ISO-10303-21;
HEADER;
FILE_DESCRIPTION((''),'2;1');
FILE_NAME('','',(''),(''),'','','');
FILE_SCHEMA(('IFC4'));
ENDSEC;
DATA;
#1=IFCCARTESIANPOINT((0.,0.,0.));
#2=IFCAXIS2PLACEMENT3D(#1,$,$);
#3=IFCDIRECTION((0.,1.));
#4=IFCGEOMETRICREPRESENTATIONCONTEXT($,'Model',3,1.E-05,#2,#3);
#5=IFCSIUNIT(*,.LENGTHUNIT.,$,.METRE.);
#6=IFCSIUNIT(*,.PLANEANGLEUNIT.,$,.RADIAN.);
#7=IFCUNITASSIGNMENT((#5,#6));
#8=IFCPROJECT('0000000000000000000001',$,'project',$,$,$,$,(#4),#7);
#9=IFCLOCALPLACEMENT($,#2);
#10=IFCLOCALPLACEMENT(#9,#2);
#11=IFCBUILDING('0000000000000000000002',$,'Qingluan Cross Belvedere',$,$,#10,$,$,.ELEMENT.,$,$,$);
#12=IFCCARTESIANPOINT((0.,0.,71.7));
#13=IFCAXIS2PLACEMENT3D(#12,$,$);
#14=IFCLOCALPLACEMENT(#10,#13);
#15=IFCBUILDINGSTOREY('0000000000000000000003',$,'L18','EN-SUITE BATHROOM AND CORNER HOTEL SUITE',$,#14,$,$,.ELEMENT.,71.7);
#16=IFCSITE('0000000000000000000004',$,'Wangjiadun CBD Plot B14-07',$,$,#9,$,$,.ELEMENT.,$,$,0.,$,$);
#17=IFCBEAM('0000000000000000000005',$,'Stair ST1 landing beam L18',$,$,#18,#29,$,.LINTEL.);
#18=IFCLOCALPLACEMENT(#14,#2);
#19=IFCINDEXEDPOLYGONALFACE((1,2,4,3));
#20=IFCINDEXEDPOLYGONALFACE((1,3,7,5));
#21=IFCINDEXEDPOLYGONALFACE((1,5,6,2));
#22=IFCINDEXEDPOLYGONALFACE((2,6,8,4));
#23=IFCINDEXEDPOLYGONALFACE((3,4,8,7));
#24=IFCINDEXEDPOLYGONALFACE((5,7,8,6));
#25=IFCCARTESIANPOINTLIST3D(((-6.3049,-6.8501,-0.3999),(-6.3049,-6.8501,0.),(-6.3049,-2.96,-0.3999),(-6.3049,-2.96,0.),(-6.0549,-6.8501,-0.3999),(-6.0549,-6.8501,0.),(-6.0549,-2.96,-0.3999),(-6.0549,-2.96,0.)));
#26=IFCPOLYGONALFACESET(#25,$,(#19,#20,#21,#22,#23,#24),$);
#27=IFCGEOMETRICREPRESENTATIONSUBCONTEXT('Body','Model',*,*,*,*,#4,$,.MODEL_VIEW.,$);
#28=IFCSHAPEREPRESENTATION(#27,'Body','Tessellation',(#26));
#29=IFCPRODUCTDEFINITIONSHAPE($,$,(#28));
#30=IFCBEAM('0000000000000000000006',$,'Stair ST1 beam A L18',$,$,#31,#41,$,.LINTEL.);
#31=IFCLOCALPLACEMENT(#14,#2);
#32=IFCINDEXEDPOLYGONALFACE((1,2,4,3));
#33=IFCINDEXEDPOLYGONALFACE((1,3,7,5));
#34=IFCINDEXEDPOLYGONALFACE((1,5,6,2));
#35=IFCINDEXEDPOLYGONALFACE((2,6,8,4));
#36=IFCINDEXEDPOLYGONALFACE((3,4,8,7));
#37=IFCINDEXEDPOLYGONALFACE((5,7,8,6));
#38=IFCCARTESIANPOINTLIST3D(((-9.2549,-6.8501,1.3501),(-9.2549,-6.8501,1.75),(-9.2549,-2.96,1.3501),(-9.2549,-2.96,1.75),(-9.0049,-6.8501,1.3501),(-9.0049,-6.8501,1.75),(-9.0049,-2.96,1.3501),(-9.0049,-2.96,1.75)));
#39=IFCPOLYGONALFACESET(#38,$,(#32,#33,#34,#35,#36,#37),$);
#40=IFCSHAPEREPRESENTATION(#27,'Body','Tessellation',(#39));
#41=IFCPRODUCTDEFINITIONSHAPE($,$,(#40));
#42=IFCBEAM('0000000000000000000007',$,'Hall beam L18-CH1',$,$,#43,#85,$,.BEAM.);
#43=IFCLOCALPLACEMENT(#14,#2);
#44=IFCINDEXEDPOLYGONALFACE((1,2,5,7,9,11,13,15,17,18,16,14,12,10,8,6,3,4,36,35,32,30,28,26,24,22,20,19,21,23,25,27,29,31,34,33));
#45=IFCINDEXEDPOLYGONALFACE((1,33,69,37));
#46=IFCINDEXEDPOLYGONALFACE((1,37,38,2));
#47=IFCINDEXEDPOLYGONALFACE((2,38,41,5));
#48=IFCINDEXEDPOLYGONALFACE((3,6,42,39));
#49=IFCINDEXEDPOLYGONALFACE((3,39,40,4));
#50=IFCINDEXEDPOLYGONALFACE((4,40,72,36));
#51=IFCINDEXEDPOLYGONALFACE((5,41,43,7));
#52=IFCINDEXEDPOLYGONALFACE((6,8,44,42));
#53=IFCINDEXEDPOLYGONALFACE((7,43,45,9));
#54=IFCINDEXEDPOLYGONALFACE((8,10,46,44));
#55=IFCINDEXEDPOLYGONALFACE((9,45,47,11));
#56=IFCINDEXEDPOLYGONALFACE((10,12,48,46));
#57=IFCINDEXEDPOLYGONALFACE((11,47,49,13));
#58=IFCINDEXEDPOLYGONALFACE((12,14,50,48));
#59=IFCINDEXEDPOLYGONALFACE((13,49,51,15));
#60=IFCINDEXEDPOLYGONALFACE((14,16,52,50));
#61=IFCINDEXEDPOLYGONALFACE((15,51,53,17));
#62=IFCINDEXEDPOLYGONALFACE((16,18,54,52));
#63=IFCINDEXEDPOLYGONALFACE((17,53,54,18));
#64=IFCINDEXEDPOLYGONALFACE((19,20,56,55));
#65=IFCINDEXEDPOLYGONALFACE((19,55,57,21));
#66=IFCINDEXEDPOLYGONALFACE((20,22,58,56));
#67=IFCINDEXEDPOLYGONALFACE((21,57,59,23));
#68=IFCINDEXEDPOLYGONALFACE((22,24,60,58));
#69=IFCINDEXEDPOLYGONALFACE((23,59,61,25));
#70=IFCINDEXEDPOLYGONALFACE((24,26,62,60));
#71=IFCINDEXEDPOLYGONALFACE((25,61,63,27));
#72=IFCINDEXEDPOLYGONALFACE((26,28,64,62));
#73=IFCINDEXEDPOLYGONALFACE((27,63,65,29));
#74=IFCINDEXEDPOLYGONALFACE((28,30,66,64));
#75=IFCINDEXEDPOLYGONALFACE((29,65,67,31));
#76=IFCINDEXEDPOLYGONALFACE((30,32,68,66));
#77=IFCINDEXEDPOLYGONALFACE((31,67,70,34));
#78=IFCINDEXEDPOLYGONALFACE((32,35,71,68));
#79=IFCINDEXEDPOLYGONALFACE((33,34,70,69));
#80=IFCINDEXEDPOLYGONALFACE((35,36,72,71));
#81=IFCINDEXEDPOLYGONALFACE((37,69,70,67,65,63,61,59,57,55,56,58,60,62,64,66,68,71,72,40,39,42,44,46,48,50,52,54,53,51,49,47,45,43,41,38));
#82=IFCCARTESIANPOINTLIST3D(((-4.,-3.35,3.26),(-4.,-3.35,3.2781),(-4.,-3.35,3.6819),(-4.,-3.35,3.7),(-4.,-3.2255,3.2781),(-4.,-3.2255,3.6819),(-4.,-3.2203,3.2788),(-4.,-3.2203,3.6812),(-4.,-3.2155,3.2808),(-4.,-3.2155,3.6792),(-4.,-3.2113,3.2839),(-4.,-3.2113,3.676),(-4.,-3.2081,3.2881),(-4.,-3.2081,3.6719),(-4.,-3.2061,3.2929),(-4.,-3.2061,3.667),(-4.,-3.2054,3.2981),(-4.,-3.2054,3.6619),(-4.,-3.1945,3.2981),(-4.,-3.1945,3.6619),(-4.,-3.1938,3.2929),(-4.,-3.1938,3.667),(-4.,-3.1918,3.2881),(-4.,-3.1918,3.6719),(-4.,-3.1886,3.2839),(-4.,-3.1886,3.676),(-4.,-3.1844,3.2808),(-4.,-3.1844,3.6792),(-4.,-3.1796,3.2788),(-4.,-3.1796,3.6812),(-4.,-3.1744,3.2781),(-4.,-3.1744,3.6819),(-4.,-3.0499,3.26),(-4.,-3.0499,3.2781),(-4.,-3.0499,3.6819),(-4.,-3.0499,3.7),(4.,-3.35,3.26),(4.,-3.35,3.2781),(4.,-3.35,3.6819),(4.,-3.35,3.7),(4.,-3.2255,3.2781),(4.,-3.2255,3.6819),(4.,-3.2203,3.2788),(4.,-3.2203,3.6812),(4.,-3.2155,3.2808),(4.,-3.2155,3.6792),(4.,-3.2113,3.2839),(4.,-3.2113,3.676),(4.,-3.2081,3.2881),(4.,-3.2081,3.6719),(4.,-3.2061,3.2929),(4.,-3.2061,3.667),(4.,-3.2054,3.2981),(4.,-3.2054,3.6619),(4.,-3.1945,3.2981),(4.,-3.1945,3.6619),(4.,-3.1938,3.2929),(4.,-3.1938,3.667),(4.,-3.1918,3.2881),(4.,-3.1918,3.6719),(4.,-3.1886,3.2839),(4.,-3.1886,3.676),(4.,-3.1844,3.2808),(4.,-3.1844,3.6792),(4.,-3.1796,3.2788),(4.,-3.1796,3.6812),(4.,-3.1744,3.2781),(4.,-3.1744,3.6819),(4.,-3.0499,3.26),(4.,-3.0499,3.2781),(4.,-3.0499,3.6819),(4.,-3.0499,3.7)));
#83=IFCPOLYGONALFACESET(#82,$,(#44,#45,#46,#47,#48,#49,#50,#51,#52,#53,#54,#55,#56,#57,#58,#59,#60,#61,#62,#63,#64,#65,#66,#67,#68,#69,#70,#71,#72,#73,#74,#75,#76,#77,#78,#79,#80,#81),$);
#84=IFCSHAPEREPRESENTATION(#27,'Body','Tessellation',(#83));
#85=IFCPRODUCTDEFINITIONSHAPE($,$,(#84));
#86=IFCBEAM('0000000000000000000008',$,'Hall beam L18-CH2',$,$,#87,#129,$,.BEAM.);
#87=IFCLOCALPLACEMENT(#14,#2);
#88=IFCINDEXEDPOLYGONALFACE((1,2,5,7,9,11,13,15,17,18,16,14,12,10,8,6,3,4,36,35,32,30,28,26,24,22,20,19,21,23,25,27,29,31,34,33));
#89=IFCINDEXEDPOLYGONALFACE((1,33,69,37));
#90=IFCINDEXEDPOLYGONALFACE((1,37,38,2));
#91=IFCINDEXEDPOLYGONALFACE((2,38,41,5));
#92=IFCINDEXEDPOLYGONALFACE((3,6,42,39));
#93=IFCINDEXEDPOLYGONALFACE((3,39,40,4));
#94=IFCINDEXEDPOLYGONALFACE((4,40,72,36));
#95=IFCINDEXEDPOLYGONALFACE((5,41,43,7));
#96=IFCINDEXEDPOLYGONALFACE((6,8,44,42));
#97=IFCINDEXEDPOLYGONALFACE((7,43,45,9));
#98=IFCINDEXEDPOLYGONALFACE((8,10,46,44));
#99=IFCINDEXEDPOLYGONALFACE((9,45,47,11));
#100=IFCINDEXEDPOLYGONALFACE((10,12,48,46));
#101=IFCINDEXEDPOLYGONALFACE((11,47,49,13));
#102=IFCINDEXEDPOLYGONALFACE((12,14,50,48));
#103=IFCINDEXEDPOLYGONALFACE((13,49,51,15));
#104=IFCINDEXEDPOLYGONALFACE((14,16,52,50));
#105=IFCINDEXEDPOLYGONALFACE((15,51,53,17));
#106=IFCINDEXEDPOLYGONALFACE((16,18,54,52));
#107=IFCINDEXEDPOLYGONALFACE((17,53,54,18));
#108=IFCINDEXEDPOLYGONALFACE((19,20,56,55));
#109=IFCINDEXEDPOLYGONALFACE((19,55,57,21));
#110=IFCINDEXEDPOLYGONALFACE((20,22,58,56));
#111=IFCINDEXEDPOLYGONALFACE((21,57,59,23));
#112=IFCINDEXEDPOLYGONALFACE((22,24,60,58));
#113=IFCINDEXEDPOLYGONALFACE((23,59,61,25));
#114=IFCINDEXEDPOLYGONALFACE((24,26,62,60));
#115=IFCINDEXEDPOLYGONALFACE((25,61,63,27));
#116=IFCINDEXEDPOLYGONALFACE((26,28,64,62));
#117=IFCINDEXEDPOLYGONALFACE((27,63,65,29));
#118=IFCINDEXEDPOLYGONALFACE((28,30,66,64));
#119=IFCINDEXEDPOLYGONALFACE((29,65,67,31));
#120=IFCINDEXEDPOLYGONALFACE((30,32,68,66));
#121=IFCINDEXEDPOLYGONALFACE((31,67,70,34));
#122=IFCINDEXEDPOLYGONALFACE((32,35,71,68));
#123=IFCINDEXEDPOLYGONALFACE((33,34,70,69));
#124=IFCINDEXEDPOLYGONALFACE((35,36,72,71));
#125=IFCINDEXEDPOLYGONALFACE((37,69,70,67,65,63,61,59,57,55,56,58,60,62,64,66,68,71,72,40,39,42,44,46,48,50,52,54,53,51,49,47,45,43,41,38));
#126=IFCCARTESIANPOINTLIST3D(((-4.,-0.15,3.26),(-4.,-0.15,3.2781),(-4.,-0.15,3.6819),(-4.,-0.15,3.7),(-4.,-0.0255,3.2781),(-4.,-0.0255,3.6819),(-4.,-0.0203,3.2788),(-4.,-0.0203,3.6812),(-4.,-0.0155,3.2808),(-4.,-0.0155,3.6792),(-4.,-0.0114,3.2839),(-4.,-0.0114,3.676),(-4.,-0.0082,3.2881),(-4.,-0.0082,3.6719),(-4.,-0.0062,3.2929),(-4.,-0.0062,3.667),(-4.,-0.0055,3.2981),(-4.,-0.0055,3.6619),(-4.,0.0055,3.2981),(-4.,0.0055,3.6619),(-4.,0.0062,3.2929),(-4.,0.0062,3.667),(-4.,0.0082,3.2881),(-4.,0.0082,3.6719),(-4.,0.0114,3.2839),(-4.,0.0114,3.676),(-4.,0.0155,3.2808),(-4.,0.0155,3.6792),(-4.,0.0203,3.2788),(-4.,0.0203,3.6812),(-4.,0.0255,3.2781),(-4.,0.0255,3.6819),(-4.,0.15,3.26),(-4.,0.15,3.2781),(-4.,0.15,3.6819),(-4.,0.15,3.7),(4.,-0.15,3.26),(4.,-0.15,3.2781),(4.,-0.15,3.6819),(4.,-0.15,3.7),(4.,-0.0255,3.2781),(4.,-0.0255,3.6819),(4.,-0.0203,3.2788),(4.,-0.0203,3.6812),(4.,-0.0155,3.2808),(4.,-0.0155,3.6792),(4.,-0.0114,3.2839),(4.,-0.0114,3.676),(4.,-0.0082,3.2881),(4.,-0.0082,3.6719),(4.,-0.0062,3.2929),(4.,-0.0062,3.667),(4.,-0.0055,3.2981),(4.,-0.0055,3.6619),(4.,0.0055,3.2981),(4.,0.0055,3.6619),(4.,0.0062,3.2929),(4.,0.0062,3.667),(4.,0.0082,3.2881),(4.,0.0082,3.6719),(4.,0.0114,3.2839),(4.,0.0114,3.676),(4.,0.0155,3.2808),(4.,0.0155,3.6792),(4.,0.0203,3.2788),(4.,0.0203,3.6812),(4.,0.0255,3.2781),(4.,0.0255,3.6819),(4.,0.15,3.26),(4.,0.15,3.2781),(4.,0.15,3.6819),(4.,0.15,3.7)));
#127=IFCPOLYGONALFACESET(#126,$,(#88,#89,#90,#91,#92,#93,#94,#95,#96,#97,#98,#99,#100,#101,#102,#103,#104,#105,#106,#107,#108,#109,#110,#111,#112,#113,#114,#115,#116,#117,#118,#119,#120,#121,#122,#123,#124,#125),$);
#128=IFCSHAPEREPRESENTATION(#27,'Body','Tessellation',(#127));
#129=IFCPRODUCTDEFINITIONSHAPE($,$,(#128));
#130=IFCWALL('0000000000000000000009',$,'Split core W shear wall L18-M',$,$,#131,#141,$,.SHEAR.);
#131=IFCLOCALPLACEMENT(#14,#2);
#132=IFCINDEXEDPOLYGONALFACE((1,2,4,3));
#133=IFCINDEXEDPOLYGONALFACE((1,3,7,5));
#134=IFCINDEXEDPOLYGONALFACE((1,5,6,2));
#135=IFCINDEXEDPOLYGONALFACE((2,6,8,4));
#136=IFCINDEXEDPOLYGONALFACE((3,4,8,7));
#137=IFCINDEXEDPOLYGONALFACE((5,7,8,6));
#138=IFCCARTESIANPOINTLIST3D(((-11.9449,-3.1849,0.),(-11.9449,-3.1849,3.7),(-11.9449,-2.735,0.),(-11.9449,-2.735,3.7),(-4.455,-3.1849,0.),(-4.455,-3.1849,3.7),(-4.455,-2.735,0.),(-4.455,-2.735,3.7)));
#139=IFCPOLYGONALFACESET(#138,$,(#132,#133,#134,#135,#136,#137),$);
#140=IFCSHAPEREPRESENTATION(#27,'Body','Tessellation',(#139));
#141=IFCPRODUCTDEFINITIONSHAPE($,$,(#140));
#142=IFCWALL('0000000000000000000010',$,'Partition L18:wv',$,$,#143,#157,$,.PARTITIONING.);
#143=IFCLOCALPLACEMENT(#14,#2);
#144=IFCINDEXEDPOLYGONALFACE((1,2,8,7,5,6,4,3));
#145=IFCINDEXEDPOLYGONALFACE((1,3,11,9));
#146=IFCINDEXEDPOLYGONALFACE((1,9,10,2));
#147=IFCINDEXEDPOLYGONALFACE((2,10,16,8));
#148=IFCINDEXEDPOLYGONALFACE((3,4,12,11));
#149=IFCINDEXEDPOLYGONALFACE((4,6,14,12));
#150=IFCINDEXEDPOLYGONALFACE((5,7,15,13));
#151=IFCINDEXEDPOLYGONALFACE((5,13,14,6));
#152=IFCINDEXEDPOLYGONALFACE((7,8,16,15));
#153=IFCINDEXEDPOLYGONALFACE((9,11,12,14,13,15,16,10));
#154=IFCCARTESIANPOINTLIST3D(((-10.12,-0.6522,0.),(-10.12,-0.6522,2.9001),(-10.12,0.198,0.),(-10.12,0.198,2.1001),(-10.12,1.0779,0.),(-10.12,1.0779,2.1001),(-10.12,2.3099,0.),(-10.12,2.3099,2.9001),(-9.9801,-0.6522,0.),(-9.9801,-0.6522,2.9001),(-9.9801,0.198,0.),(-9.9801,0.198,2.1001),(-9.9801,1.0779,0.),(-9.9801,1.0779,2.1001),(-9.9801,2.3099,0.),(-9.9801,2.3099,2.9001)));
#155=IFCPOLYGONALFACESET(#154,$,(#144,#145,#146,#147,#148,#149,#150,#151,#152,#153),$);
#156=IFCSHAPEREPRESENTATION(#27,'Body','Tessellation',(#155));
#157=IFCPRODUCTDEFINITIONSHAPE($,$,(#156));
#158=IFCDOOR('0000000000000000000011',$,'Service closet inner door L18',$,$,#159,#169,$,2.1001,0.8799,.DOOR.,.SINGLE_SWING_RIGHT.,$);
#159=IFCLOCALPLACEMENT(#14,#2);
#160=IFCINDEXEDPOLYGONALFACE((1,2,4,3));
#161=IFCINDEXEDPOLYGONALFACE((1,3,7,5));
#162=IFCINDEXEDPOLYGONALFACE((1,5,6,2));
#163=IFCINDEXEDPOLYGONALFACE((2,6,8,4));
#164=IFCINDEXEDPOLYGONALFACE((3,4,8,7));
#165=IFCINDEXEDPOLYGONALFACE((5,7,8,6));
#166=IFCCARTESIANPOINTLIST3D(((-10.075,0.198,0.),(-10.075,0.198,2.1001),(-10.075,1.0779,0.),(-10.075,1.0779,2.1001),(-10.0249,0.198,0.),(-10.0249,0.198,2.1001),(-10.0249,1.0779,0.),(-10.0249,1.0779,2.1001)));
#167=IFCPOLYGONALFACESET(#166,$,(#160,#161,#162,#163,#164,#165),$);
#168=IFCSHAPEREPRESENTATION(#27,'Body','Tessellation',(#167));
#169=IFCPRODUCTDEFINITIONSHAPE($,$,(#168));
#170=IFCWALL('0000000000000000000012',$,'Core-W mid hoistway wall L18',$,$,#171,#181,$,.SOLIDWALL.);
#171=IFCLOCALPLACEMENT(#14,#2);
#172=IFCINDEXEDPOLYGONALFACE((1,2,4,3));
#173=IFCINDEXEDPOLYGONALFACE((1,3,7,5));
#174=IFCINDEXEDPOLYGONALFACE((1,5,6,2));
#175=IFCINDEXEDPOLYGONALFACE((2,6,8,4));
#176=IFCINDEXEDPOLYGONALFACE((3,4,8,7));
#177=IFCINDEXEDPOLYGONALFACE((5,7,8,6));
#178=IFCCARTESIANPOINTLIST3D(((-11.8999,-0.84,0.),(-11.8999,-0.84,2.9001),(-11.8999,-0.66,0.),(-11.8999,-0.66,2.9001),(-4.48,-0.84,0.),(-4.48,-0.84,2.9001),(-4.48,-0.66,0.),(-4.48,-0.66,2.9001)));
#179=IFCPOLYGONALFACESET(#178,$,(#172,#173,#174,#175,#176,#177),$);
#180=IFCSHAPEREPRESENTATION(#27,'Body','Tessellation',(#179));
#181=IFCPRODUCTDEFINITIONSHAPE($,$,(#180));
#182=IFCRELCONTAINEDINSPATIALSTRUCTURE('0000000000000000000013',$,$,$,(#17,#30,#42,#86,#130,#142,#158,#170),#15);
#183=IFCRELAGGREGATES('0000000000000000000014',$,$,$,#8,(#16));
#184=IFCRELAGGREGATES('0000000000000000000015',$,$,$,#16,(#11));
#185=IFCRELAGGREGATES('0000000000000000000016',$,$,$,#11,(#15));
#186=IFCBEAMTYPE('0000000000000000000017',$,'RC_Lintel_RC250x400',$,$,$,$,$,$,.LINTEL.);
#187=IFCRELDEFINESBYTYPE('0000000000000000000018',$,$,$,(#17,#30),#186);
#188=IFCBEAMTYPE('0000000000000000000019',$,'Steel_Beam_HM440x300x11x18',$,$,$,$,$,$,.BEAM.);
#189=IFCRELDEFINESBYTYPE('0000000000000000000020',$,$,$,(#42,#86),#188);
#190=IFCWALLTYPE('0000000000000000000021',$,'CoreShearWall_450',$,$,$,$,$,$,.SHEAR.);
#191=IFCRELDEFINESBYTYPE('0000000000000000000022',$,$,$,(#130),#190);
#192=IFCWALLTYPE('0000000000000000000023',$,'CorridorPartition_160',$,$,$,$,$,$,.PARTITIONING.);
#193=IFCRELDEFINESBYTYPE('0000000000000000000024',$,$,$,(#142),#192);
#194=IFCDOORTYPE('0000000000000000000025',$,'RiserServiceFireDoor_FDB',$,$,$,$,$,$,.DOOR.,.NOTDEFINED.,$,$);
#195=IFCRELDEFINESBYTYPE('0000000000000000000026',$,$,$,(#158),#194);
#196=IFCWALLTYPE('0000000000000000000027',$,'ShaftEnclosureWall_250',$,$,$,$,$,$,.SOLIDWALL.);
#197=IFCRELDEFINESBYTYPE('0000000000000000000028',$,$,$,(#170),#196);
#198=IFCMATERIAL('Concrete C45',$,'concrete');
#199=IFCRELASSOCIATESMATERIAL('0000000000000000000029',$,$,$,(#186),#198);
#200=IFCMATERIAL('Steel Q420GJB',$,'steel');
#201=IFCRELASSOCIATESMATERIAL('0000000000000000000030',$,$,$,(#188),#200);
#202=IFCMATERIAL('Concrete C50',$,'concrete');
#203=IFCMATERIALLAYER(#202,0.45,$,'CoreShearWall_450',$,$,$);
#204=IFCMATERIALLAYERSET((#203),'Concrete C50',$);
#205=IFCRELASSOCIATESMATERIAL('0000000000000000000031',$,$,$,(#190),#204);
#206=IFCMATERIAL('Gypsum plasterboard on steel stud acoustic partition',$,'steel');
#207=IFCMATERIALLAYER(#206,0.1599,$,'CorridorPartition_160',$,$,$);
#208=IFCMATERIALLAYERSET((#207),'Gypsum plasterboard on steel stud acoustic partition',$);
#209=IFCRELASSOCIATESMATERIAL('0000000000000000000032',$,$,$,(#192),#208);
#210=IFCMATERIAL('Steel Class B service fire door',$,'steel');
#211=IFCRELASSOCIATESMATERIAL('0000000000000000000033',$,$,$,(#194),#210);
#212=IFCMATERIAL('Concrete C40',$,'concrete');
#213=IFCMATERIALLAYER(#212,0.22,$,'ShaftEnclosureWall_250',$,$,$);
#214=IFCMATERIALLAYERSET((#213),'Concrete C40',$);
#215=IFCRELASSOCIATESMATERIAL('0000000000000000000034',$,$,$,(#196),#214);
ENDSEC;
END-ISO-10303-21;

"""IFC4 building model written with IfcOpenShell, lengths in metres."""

from ifc_helpers import new_model, si_unit, direction, frame, frame_2d, origin, origin_2d, place, context, subcontext, project, spatial, rectangle, i_section, extrude, material, layer, layer_set, material_profile, profile_set, type_object, element, fill, save


model = new_model("IFC4")

# Units and contexts
model_context = context("Model", 3, precision=1e-05, world=origin(), true_north=direction((0.0, 1.0)))
body_context = subcontext(model_context, "Body", "Model", "MODEL_VIEW")
ifc_project = project(units=[si_unit("LENGTHUNIT", "METRE"), si_unit("PLANEANGLEUNIT", "RADIAN")], contexts=[model_context])

# Site, building, storey
site_placement = place(None, origin())
site = spatial("IfcSite", under=ifc_project, at=site_placement, Name="Wangjiadun CBD Plot B14-07", CompositionType="ELEMENT", RefElevation=0.0)
building_placement = place(site_placement, origin())
building = spatial("IfcBuilding", under=site, at=building_placement, Name="Qingluan Cross Belvedere", CompositionType="ELEMENT")
storey_placement = place(building_placement, frame((0.0, 0.0, 71.7)))
storey = spatial("IfcBuildingStorey", under=building, at=storey_placement, Name="L18", Description="EN-SUITE BATHROOM AND CORNER HOTEL SUITE", CompositionType="ELEMENT", Elevation=71.7)

# Beams
ifc_material_1 = material(Name="Concrete C45", Category="concrete")
ifc_material_profile_1 = material_profile(ifc_material_1, rectangle(XDim=0.25, YDim=0.3999, at=origin_2d()), Name="RC250x400")
ifc_profile_set_1 = profile_set([ifc_material_profile_1], Name="Concrete C45")
beam_type_1 = type_object("IfcBeamType", Name="RC_Lintel_RC250x400", PredefinedType="LINTEL", material=ifc_profile_set_1)
for number, where, z_axis, x_axis, name in (
    (1, (-6.1799, -6.8501, -0.2), (0.0, 1.0, 0.0), (-1.0, 0.0, 0.0), "Stair ST1 landing beam L18"),
    (2, (-9.1299, -6.8501, 1.55), (0.0, 1.0, 0.0), (-1.0, 0.0, 0.0), "Stair ST1 beam A L18"),
):
    element("IfcBeam", number, at=place(storey_placement, frame(where, z_axis=z_axis, x_axis=x_axis)), inside=storey, type_object=beam_type_1, Name=name, PredefinedType="LINTEL", context=body_context, shape_type="SweptSolid", body=[
        extrude(rectangle(XDim=0.25, YDim=0.3999, at=origin_2d()), origin(), (0.0, 0.0, 1.0), 3.8901),
    ])
ifc_material_2 = material(Name="Steel Q420GJB", Category="steel")
ifc_material_profile_2 = material_profile(ifc_material_2, i_section(OverallWidth=0.3, OverallDepth=0.4399, WebThickness=0.011, FlangeThickness=0.0181, FilletRadius=0.02, at=origin_2d()), Name="HM440x300x11x18")
ifc_profile_set_2 = profile_set([ifc_material_profile_2], Name="Steel Q420GJB")
beam_type_2 = type_object("IfcBeamType", Name="Steel_Beam_HM440x300x11x18", PredefinedType="BEAM", material=ifc_profile_set_2)
for number, where, z_axis, x_axis, name in (
    (3, (-4.0, -3.2, 3.48), (1.0, 0.0, 0.0), (0.0, 1.0, 0.0), "Hall beam L18-CH1"),
    (4, (-4.0, 0.0, 3.48), (1.0, 0.0, 0.0), (0.0, 1.0, 0.0), "Hall beam L18-CH2"),
):
    element("IfcBeam", number, at=place(storey_placement, frame(where, z_axis=z_axis, x_axis=x_axis)), inside=storey, type_object=beam_type_2, Name=name, PredefinedType="BEAM", context=body_context, shape_type="SweptSolid", body=[
        extrude(i_section(OverallWidth=0.3, OverallDepth=0.4399, WebThickness=0.011, FlangeThickness=0.0181, FilletRadius=0.02, at=origin_2d()), origin(), (0.0, 0.0, 1.0), 8.0),
    ])

# Wall
ifc_material_3 = material(Name="Concrete C50", Category="concrete")
ifc_layer_1 = layer(ifc_material_3, 0.45, Name="CoreShearWall_450")
ifc_layer_set_1 = layer_set([ifc_layer_1], Name="Concrete C50")
wall_type_1 = type_object("IfcWallType", Name="CoreShearWall_450", PredefinedType="SHEAR", material=ifc_layer_set_1)
wall_1_placement = place(storey_placement, frame((-11.9451, -2.96, 0.0), z_axis=(0.0, 0.0, 1.0), x_axis=(1.0, 0.0, 0.0)))
element("IfcWall", 5, at=wall_1_placement, inside=storey, type_object=wall_type_1, Name="Split core W shear wall L18-M", PredefinedType="SHEAR", context=body_context, shape_type="SweptSolid", body=[
    extrude(rectangle(XDim=7.49, YDim=0.45, at=frame_2d((3.7451, 0.0))), origin(), (0.0, 0.0, 1.0), 3.7),
])

# Wall, opening, door
ifc_material_4 = material(Name="Gypsum plasterboard on steel stud acoustic partition", Category="steel")
ifc_layer_2 = layer(ifc_material_4, 0.1599, Name="CorridorPartition_160")
ifc_layer_set_2 = layer_set([ifc_layer_2], Name="Gypsum plasterboard on steel stud acoustic partition")
wall_type_2 = type_object("IfcWallType", Name="CorridorPartition_160", PredefinedType="PARTITIONING", material=ifc_layer_set_2)
wall_2_placement = place(storey_placement, frame((-10.05, -0.6521, 0.0), z_axis=(0.0, 0.0, 1.0), x_axis=(0.0, 1.0, 0.0)))
wall_2 = element("IfcWall", 6, at=wall_2_placement, inside=storey, type_object=wall_type_2, Name="Partition L18:wv", PredefinedType="PARTITIONING", context=body_context, shape_type="SweptSolid", body=[
    extrude(rectangle(XDim=2.9622, YDim=0.1399, at=frame_2d((1.481, 0.0))), origin(), (0.0, 0.0, 1.0), 2.9001),
])
opening_1_placement = place(wall_2_placement, frame((0.8501, 0.0, 0.0)))
opening_1 = element("IfcOpeningElement", 7, at=opening_1_placement, cuts=wall_2, PredefinedType="OPENING", context=body_context, shape_type="SweptSolid", body=[
    extrude(rectangle(XDim=0.8799, YDim=2.1001, at=frame_2d((0.4399, 1.05))), frame((0.0, 0.0798, 0.0), z_axis=(0.0, -1.0, 0.0), x_axis=(1.0, 0.0, 0.0)), (0.0, 0.0, 1.0), 0.1599),
])
ifc_material_5 = material(Name="Steel Class B service fire door", Category="steel")
door_type_1 = type_object("IfcDoorType", Name="RiserServiceFireDoor_FDB", OperationType="NOTDEFINED", PredefinedType="DOOR", material=ifc_material_5)
door_1_placement = place(opening_1_placement, origin())
door_1 = element("IfcDoor", 8, at=door_1_placement, inside=storey, type_object=door_type_1, Name="Service closet inner door L18", OperationType="SINGLE_SWING_RIGHT", OverallHeight=2.1001, OverallWidth=0.8799, PredefinedType="DOOR", context=body_context, shape_type="SweptSolid", body=[
    extrude(rectangle(XDim=0.8799, YDim=2.1001, at=frame_2d((0.4399, 1.05))), frame((0.0, 0.0249, 0.0), z_axis=(0.0, -1.0, 0.0), x_axis=(1.0, 0.0, 0.0)), (0.0, 0.0, 1.0), 0.05),
])
fill(opening_1, door_1)

# Wall
ifc_material_6 = material(Name="Concrete C40", Category="concrete")
ifc_layer_3 = layer(ifc_material_6, 0.22, Name="ShaftEnclosureWall_250")
ifc_layer_set_3 = layer_set([ifc_layer_3], Name="Concrete C40")
wall_type_3 = type_object("IfcWallType", Name="ShaftEnclosureWall_250", PredefinedType="SOLIDWALL", material=ifc_layer_set_3)
wall_3_placement = place(storey_placement, frame((-11.8999, -0.75, 0.0), z_axis=(0.0, 0.0, 1.0), x_axis=(1.0, 0.0, 0.0)))
element("IfcWall", 9, at=wall_3_placement, inside=storey, type_object=wall_type_3, Name="Core-W mid hoistway wall L18", PredefinedType="SOLIDWALL", context=body_context, shape_type="SweptSolid", body=[
    extrude(rectangle(XDim=7.4199, YDim=0.1799, at=frame_2d((3.71, 0.0))), origin(), (0.0, 0.0, 1.0), 2.9001),
])

save(model, "model.ifc")
